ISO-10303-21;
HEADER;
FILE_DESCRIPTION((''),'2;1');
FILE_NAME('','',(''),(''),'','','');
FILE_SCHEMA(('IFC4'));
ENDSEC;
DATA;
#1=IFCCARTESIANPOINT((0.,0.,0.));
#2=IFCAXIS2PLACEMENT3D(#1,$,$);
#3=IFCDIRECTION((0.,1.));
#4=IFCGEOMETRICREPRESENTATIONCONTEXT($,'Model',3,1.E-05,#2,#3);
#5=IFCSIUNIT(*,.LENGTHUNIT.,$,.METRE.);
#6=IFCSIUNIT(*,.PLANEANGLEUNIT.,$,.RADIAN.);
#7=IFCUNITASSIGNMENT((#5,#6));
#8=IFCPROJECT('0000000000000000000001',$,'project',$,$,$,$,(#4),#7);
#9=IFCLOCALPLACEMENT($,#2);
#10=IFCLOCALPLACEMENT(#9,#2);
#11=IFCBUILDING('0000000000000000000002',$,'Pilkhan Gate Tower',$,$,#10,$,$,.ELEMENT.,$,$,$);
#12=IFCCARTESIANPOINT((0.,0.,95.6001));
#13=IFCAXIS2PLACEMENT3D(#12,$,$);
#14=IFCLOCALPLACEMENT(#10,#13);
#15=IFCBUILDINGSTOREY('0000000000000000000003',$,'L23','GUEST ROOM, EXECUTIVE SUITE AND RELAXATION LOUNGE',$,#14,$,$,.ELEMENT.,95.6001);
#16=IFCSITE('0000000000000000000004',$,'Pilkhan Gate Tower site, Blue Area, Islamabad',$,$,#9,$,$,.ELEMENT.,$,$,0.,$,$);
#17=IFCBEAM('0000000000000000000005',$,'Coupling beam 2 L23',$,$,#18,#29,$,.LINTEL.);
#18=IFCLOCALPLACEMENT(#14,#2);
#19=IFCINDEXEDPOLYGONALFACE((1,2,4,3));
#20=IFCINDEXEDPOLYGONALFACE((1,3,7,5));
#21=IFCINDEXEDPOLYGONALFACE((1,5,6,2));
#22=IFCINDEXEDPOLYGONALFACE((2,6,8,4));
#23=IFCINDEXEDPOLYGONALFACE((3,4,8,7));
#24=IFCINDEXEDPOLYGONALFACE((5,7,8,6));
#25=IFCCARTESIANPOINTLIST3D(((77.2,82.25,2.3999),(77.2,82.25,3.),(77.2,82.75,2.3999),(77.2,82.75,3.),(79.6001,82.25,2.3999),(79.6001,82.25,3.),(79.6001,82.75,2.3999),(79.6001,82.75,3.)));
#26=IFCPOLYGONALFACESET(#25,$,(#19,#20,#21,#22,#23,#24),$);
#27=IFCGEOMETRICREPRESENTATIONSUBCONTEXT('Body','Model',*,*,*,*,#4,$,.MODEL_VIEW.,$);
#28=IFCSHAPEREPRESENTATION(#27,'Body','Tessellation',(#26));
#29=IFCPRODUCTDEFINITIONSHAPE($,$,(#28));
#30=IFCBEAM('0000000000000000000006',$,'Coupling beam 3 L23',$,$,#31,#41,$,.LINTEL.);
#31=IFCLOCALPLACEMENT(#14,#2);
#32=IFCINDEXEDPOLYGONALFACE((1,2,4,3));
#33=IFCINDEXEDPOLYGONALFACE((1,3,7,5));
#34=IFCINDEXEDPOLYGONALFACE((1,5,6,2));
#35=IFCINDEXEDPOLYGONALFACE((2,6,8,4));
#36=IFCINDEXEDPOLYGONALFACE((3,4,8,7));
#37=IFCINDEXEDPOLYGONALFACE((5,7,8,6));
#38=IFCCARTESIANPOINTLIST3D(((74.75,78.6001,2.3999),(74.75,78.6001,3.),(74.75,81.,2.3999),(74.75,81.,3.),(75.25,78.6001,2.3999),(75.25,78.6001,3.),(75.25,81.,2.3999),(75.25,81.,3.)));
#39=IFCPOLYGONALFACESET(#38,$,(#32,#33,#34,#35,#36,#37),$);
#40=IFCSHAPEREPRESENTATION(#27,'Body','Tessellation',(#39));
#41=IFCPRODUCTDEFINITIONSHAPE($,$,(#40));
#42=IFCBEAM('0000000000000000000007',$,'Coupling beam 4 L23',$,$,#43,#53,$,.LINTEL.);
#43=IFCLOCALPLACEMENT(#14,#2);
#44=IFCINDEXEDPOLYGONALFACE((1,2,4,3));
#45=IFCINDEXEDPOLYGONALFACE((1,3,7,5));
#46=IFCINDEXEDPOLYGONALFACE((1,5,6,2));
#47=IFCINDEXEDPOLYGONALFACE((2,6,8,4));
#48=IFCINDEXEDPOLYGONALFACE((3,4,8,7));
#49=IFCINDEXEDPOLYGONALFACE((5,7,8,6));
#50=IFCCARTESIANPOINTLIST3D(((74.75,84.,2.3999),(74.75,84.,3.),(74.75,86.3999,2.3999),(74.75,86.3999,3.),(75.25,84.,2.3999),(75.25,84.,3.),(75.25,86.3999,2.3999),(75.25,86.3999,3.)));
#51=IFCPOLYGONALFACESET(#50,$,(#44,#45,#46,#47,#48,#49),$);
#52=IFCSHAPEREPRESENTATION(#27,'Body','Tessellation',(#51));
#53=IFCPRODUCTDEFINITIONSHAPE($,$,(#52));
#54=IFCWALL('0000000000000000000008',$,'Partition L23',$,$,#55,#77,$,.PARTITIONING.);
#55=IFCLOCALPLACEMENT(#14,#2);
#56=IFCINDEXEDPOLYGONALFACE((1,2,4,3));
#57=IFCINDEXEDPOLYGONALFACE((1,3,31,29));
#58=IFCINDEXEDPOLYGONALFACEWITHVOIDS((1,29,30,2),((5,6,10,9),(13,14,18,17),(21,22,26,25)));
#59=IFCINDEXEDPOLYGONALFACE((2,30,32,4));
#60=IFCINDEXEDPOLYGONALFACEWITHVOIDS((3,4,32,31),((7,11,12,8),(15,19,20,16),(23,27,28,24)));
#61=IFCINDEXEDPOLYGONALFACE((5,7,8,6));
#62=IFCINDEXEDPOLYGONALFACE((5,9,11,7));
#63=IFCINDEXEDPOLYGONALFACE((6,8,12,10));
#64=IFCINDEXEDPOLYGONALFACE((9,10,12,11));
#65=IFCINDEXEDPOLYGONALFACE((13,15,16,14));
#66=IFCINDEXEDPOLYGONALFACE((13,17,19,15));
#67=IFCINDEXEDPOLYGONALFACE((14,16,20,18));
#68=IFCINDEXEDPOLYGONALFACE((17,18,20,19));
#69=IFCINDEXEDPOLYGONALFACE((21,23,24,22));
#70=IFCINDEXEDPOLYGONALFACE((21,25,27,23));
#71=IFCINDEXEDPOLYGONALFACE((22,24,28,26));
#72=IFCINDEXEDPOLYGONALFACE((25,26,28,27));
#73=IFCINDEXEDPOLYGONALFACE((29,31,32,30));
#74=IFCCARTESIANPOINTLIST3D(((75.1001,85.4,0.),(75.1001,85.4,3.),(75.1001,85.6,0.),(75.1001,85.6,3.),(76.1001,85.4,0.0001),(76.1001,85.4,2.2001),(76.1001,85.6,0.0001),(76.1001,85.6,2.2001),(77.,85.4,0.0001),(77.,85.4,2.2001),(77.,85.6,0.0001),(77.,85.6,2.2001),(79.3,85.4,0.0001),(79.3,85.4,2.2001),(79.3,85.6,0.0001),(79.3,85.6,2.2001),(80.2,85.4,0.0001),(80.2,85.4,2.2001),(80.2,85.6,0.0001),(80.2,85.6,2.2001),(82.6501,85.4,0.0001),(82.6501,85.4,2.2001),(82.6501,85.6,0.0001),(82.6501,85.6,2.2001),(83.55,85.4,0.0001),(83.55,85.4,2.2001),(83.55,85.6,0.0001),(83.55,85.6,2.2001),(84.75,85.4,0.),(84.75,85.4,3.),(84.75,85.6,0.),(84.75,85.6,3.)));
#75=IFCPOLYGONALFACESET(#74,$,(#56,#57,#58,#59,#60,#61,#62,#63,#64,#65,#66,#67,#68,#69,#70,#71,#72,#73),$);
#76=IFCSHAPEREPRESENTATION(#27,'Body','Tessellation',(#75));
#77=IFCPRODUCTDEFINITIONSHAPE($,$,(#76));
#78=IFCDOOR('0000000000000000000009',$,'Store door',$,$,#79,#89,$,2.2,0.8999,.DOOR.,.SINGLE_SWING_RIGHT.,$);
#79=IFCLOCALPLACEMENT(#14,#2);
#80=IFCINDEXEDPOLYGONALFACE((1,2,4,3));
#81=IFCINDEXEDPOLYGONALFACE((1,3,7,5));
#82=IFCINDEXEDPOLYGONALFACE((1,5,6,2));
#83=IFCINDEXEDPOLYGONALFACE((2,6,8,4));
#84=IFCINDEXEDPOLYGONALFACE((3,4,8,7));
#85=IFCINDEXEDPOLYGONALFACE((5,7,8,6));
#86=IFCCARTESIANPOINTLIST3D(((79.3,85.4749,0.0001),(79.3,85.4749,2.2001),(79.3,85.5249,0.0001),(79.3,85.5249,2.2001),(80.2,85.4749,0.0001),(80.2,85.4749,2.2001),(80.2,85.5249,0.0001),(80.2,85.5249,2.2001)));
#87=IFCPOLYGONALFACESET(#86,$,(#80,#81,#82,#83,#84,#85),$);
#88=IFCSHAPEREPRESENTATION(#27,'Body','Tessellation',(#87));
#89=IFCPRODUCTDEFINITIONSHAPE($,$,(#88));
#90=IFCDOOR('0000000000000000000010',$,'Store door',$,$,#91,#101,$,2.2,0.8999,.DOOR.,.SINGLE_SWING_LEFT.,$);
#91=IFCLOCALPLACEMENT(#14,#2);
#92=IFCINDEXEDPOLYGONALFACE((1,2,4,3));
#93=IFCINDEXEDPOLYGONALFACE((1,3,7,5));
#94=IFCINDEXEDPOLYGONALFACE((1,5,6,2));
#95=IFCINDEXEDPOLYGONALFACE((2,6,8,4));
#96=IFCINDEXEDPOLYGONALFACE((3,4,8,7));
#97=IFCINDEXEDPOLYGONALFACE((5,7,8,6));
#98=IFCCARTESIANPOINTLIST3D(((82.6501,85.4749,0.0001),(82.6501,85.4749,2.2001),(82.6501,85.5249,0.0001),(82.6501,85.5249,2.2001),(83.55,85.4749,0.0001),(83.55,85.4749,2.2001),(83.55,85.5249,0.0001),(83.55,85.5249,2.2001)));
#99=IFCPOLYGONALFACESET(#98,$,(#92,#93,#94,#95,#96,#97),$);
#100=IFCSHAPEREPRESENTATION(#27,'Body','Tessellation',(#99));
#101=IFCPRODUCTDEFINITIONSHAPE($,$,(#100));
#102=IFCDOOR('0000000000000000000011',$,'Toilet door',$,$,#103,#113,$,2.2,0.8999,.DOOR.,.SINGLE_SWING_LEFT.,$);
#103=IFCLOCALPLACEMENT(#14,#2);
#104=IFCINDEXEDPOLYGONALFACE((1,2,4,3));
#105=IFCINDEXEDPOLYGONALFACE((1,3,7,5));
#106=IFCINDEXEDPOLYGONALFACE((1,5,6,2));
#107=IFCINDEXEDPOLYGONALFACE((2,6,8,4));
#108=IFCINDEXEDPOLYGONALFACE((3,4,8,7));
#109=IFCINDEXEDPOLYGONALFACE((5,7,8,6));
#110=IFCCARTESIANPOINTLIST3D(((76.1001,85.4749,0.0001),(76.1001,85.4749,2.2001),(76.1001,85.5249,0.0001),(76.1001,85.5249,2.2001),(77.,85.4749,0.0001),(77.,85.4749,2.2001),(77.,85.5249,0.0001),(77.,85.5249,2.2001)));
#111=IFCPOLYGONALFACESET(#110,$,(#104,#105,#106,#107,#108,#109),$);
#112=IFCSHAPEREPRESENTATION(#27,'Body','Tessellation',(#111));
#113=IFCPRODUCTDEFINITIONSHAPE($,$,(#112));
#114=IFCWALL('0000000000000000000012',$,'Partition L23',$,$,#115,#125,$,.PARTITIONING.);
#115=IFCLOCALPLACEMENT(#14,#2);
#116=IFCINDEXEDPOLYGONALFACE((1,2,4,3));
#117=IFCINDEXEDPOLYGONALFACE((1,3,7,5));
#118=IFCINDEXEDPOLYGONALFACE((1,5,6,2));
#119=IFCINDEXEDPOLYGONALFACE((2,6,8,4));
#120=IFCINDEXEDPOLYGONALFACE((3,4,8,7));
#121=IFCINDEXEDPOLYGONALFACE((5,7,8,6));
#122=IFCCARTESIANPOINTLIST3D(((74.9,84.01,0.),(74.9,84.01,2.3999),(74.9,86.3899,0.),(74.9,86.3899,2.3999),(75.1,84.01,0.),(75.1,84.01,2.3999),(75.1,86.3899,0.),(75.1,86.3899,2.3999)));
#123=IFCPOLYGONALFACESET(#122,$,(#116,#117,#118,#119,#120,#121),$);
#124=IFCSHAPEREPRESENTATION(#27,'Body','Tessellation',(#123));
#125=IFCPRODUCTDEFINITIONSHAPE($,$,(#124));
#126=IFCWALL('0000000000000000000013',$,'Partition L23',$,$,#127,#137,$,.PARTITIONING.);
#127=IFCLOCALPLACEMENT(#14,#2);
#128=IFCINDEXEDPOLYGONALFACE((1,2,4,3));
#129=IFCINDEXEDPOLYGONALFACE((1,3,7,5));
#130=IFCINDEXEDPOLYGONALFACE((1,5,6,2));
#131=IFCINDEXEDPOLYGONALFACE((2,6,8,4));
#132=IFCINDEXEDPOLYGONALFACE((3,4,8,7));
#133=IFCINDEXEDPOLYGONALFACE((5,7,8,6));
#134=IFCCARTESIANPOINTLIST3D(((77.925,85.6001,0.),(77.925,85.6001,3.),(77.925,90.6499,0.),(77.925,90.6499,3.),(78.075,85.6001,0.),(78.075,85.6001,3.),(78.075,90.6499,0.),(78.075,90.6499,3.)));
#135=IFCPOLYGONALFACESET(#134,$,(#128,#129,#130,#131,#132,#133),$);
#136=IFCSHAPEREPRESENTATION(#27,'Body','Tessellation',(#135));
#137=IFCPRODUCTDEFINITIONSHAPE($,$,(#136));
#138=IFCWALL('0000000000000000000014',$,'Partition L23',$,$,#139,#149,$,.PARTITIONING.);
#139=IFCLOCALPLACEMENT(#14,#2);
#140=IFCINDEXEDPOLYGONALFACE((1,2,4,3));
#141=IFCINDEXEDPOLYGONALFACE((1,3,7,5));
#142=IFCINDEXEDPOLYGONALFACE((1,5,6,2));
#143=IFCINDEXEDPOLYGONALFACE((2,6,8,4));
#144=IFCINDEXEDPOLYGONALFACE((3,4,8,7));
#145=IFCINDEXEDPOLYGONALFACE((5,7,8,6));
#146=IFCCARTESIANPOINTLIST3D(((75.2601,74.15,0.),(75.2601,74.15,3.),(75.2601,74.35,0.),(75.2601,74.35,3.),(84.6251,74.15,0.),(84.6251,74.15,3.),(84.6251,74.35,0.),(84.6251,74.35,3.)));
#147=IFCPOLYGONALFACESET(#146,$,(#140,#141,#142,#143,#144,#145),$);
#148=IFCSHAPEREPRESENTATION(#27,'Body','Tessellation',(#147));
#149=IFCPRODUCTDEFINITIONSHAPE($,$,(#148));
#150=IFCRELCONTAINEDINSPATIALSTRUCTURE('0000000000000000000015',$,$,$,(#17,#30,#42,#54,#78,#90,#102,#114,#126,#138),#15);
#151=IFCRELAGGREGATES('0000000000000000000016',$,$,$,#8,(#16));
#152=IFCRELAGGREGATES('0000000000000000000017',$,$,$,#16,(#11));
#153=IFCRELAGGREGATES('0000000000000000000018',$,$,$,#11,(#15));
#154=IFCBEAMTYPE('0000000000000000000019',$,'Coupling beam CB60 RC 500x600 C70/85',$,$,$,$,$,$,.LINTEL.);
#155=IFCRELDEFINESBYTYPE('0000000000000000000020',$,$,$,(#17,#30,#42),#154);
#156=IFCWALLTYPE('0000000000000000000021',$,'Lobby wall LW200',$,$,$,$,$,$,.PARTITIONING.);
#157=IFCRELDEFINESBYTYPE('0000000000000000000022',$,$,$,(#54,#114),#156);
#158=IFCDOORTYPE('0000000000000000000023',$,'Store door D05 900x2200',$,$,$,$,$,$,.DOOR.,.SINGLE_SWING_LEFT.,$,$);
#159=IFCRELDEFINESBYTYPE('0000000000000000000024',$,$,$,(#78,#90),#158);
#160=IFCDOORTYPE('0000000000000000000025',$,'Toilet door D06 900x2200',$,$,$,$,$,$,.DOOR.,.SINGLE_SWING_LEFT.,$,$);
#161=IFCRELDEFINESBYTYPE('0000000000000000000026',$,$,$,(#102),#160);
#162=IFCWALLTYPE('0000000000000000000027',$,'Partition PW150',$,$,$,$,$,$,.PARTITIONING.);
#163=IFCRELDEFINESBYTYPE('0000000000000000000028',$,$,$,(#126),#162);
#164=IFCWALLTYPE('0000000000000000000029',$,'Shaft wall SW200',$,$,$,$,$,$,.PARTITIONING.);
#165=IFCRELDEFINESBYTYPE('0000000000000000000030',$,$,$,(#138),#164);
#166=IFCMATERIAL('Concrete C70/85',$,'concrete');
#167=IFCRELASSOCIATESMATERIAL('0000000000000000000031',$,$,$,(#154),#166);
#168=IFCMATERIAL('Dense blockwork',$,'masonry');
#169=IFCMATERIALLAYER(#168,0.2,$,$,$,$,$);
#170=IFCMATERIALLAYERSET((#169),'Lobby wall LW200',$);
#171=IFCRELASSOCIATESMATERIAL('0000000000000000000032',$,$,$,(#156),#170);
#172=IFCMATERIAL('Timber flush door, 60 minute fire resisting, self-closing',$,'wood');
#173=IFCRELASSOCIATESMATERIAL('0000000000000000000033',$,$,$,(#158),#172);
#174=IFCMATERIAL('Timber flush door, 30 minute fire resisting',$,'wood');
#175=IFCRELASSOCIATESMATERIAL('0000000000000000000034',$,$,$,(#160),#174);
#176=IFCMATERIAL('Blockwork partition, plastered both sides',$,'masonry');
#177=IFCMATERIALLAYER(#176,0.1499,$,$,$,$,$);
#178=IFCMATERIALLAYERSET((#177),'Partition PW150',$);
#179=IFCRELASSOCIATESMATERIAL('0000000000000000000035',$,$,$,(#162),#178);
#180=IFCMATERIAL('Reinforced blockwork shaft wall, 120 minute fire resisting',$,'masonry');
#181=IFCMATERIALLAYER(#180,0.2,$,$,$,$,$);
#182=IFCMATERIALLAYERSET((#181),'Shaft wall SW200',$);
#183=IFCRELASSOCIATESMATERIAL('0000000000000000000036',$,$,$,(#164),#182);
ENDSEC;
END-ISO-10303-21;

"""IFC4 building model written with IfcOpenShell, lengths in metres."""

from ifc_helpers import new_model, si_unit, direction, frame, frame_2d, origin, origin_2d, place, context, subcontext, project, spatial, rectangle, extrude, material, layer, layer_set, material_profile, profile_set, type_object, element, fill, save


model = new_model("IFC4")

# Units and contexts
model_context = context("Model", 3, precision=1e-05, world=origin(), true_north=direction((0.0, 1.0)))
body_context = subcontext(model_context, "Body", "Model", "MODEL_VIEW")
ifc_project = project(units=[si_unit("LENGTHUNIT", "METRE"), si_unit("PLANEANGLEUNIT", "RADIAN")], contexts=[model_context])

# Site, building, storey
site_placement = place(None, origin())
site = spatial("IfcSite", under=ifc_project, at=site_placement, Name="Pilkhan Gate Tower site, Blue Area, Islamabad", CompositionType="ELEMENT", RefElevation=0.0)
building_placement = place(site_placement, origin())
building = spatial("IfcBuilding", under=site, at=building_placement, Name="Pilkhan Gate Tower", CompositionType="ELEMENT")
storey_placement = place(building_placement, frame((0.0, 0.0, 95.6001)))
storey = spatial("IfcBuildingStorey", under=building, at=storey_placement, Name="L23", Description="GUEST ROOM, EXECUTIVE SUITE AND RELAXATION LOUNGE", CompositionType="ELEMENT", Elevation=95.6001)

# Beams
ifc_material_1 = material(Name="Concrete C70/85", Category="concrete")
ifc_material_profile = material_profile(ifc_material_1, rectangle(XDim=0.5, YDim=0.6001, at=origin_2d()), Name="RC 500x600")
ifc_profile_set = profile_set([ifc_material_profile], Name="Concrete C70/85")
beam_type = type_object("IfcBeamType", Name="Coupling beam CB60 RC 500x600 C70/85", PredefinedType="LINTEL", material=ifc_profile_set)
beam_placement = place(storey_placement, frame((77.2, 82.5, 2.7), z_axis=(1.0, 0.0, 0.0), x_axis=(0.0, 1.0, 0.0)))
element("IfcBeam", 1, at=beam_placement, inside=storey, type_object=beam_type, Name="Coupling beam 2 L23", PredefinedType="LINTEL", context=body_context, shape_type="SweptSolid", body=[
    extrude(rectangle(XDim=0.5, YDim=0.6001, at=origin_2d()), origin(), (0.0, 0.0, 1.0), 2.4001),
])
for number, where, z_axis, x_axis, name in (
    (2, (75.0, 78.6001, 2.7), (0.0, 1.0, 0.0), (-1.0, 0.0, 0.0), "Coupling beam 3 L23"),
    (3, (75.0, 84.0, 2.7), (0.0, 1.0, 0.0), (-1.0, 0.0, 0.0), "Coupling beam 4 L23"),
):
    element("IfcBeam", number, at=place(storey_placement, frame(where, z_axis=z_axis, x_axis=x_axis)), inside=storey, type_object=beam_type, Name=name, PredefinedType="LINTEL", context=body_context, shape_type="SweptSolid", body=[
        extrude(rectangle(XDim=0.5, YDim=0.6001, at=origin_2d()), origin(), (0.0, 0.0, 1.0), 2.3999),
    ])

# Wall, openings, doors
ifc_material_2 = material(Name="Dense blockwork", Category="masonry")
ifc_layer_1 = layer(ifc_material_2, 0.2)
ifc_layer_set_1 = layer_set([ifc_layer_1], Name="Lobby wall LW200")
wall_type_1 = type_object("IfcWallType", Name="Lobby wall LW200", PredefinedType="PARTITIONING", material=ifc_layer_set_1)
wall_1_placement = place(storey_placement, frame((75.1001, 85.5, 0.0), z_axis=(0.0, 0.0, 1.0), x_axis=(1.0, 0.0, 0.0)))
wall_1 = element("IfcWall", 4, at=wall_1_placement, inside=storey, type_object=wall_type_1, Name="Partition L23", PredefinedType="PARTITIONING", context=body_context, shape_type="SweptSolid", body=[
    extrude(rectangle(XDim=9.6499, YDim=0.2, at=frame_2d((4.825, 0.0))), origin(), (0.0, 0.0, 1.0), 3.0),
])
opening_1_placement = place(wall_1_placement, frame((1.0, 0.0, 0.0)))
opening_1 = element("IfcOpeningElement", 5, at=opening_1_placement, cuts=wall_1, PredefinedType="OPENING", context=body_context, shape_type="SweptSolid", body=[
    extrude(rectangle(XDim=0.8999, YDim=2.2, at=frame_2d((0.45, 1.1001))), frame((0.0, 0.1099, 0.0), z_axis=(0.0, -1.0, 0.0), x_axis=(1.0, 0.0, 0.0)), (0.0, 0.0, 1.0), 0.22),
])
opening_2_placement = place(wall_1_placement, frame((4.2, 0.0, 0.0)))
opening_2 = element("IfcOpeningElement", 6, at=opening_2_placement, cuts=wall_1, PredefinedType="OPENING", context=body_context, shape_type="SweptSolid", body=[
    extrude(rectangle(XDim=0.8999, YDim=2.2, at=frame_2d((0.45, 1.1001))), frame((0.0, 0.1099, 0.0), z_axis=(0.0, -1.0, 0.0), x_axis=(1.0, 0.0, 0.0)), (0.0, 0.0, 1.0), 0.22),
])
opening_3_placement = place(wall_1_placement, frame((7.55, 0.0, 0.0)))
opening_3 = element("IfcOpeningElement", 7, at=opening_3_placement, cuts=wall_1, PredefinedType="OPENING", context=body_context, shape_type="SweptSolid", body=[
    extrude(rectangle(XDim=0.8999, YDim=2.2, at=frame_2d((0.45, 1.1001))), frame((0.0, 0.1099, 0.0), z_axis=(0.0, -1.0, 0.0), x_axis=(1.0, 0.0, 0.0)), (0.0, 0.0, 1.0), 0.22),
])
ifc_material_3 = material(Name="Timber flush door, 60 minute fire resisting, self-closing", Category="wood")
door_type_1 = type_object("IfcDoorType", Name="Store door D05 900x2200", OperationType="SINGLE_SWING_LEFT", PredefinedType="DOOR", material=ifc_material_3)
door_1_placement = place(opening_2_placement, origin())
door_1 = element("IfcDoor", 8, at=door_1_placement, inside=storey, type_object=door_type_1, Name="Store door", OperationType="SINGLE_SWING_RIGHT", OverallHeight=2.2, OverallWidth=0.8999, PredefinedType="DOOR", context=body_context, shape_type="SweptSolid", body=[
    extrude(rectangle(XDim=0.8999, YDim=2.2, at=frame_2d((0.45, 1.1001))), frame((0.0, 0.0249, 0.0), z_axis=(0.0, -1.0, 0.0), x_axis=(1.0, 0.0, 0.0)), (0.0, 0.0, 1.0), 0.05),
])
fill(opening_2, door_1)
door_2_placement = place(opening_3_placement, origin())
door_2 = element("IfcDoor", 9, at=door_2_placement, inside=storey, type_object=door_type_1, Name="Store door", OperationType="SINGLE_SWING_LEFT", OverallHeight=2.2, OverallWidth=0.8999, PredefinedType="DOOR", context=body_context, shape_type="SweptSolid", body=[
    extrude(rectangle(XDim=0.8999, YDim=2.2, at=frame_2d((0.45, 1.1001))), frame((0.0, 0.0249, 0.0), z_axis=(0.0, -1.0, 0.0), x_axis=(1.0, 0.0, 0.0)), (0.0, 0.0, 1.0), 0.05),
])
fill(opening_3, door_2)
ifc_material_4 = material(Name="Timber flush door, 30 minute fire resisting", Category="wood")
door_type_2 = type_object("IfcDoorType", Name="Toilet door D06 900x2200", OperationType="SINGLE_SWING_LEFT", PredefinedType="DOOR", material=ifc_material_4)
door_3_placement = place(opening_1_placement, origin())
door_3 = element("IfcDoor", 10, at=door_3_placement, inside=storey, type_object=door_type_2, Name="Toilet door", OperationType="SINGLE_SWING_LEFT", OverallHeight=2.2, OverallWidth=0.8999, PredefinedType="DOOR", context=body_context, shape_type="SweptSolid", body=[
    extrude(rectangle(XDim=0.8999, YDim=2.2, at=frame_2d((0.45, 1.1001))), frame((0.0, 0.0249, 0.0), z_axis=(0.0, -1.0, 0.0), x_axis=(1.0, 0.0, 0.0)), (0.0, 0.0, 1.0), 0.05),
])
fill(opening_1, door_3)

# Walls
wall_2_placement = place(storey_placement, frame((75.0, 84.01, 0.0), z_axis=(0.0, 0.0, 1.0), x_axis=(0.0, 1.0, 0.0)))
element("IfcWall", 11, at=wall_2_placement, inside=storey, type_object=wall_type_1, Name="Partition L23", PredefinedType="PARTITIONING", context=body_context, shape_type="SweptSolid", body=[
    extrude(rectangle(XDim=2.3799, YDim=0.2, at=frame_2d((1.1899, 0.0))), origin(), (0.0, 0.0, 1.0), 2.3999),
])
ifc_material_5 = material(Name="Blockwork partition, plastered both sides", Category="masonry")
ifc_layer_2 = layer(ifc_material_5, 0.1499)
ifc_layer_set_2 = layer_set([ifc_layer_2], Name="Partition PW150")
wall_type_2 = type_object("IfcWallType", Name="Partition PW150", PredefinedType="PARTITIONING", material=ifc_layer_set_2)
wall_3_placement = place(storey_placement, frame((78.0, 85.6001, 0.0), z_axis=(0.0, 0.0, 1.0), x_axis=(0.0, 1.0, 0.0)))
element("IfcWall", 12, at=wall_3_placement, inside=storey, type_object=wall_type_2, Name="Partition L23", PredefinedType="PARTITIONING", context=body_context, shape_type="SweptSolid", body=[
    extrude(rectangle(XDim=5.0498, YDim=0.1499, at=frame_2d((2.5249, 0.0))), origin(), (0.0, 0.0, 1.0), 3.0),
])
ifc_material_6 = material(Name="Reinforced blockwork shaft wall, 120 minute fire resisting", Category="masonry")
ifc_layer_3 = layer(ifc_material_6, 0.2)
ifc_layer_set_3 = layer_set([ifc_layer_3], Name="Shaft wall SW200")
wall_type_3 = type_object("IfcWallType", Name="Shaft wall SW200", PredefinedType="PARTITIONING", material=ifc_layer_set_3)
wall_4_placement = place(storey_placement, frame((75.26, 74.25, 0.0), z_axis=(0.0, 0.0, 1.0), x_axis=(1.0, 0.0, 0.0)))
element("IfcWall", 13, at=wall_4_placement, inside=storey, type_object=wall_type_3, Name="Partition L23", PredefinedType="PARTITIONING", context=body_context, shape_type="SweptSolid", body=[
    extrude(rectangle(XDim=9.365, YDim=0.2, at=frame_2d((4.6826, 0.0))), origin(), (0.0, 0.0, 1.0), 3.0),
])

save(model, "model.ifc")
